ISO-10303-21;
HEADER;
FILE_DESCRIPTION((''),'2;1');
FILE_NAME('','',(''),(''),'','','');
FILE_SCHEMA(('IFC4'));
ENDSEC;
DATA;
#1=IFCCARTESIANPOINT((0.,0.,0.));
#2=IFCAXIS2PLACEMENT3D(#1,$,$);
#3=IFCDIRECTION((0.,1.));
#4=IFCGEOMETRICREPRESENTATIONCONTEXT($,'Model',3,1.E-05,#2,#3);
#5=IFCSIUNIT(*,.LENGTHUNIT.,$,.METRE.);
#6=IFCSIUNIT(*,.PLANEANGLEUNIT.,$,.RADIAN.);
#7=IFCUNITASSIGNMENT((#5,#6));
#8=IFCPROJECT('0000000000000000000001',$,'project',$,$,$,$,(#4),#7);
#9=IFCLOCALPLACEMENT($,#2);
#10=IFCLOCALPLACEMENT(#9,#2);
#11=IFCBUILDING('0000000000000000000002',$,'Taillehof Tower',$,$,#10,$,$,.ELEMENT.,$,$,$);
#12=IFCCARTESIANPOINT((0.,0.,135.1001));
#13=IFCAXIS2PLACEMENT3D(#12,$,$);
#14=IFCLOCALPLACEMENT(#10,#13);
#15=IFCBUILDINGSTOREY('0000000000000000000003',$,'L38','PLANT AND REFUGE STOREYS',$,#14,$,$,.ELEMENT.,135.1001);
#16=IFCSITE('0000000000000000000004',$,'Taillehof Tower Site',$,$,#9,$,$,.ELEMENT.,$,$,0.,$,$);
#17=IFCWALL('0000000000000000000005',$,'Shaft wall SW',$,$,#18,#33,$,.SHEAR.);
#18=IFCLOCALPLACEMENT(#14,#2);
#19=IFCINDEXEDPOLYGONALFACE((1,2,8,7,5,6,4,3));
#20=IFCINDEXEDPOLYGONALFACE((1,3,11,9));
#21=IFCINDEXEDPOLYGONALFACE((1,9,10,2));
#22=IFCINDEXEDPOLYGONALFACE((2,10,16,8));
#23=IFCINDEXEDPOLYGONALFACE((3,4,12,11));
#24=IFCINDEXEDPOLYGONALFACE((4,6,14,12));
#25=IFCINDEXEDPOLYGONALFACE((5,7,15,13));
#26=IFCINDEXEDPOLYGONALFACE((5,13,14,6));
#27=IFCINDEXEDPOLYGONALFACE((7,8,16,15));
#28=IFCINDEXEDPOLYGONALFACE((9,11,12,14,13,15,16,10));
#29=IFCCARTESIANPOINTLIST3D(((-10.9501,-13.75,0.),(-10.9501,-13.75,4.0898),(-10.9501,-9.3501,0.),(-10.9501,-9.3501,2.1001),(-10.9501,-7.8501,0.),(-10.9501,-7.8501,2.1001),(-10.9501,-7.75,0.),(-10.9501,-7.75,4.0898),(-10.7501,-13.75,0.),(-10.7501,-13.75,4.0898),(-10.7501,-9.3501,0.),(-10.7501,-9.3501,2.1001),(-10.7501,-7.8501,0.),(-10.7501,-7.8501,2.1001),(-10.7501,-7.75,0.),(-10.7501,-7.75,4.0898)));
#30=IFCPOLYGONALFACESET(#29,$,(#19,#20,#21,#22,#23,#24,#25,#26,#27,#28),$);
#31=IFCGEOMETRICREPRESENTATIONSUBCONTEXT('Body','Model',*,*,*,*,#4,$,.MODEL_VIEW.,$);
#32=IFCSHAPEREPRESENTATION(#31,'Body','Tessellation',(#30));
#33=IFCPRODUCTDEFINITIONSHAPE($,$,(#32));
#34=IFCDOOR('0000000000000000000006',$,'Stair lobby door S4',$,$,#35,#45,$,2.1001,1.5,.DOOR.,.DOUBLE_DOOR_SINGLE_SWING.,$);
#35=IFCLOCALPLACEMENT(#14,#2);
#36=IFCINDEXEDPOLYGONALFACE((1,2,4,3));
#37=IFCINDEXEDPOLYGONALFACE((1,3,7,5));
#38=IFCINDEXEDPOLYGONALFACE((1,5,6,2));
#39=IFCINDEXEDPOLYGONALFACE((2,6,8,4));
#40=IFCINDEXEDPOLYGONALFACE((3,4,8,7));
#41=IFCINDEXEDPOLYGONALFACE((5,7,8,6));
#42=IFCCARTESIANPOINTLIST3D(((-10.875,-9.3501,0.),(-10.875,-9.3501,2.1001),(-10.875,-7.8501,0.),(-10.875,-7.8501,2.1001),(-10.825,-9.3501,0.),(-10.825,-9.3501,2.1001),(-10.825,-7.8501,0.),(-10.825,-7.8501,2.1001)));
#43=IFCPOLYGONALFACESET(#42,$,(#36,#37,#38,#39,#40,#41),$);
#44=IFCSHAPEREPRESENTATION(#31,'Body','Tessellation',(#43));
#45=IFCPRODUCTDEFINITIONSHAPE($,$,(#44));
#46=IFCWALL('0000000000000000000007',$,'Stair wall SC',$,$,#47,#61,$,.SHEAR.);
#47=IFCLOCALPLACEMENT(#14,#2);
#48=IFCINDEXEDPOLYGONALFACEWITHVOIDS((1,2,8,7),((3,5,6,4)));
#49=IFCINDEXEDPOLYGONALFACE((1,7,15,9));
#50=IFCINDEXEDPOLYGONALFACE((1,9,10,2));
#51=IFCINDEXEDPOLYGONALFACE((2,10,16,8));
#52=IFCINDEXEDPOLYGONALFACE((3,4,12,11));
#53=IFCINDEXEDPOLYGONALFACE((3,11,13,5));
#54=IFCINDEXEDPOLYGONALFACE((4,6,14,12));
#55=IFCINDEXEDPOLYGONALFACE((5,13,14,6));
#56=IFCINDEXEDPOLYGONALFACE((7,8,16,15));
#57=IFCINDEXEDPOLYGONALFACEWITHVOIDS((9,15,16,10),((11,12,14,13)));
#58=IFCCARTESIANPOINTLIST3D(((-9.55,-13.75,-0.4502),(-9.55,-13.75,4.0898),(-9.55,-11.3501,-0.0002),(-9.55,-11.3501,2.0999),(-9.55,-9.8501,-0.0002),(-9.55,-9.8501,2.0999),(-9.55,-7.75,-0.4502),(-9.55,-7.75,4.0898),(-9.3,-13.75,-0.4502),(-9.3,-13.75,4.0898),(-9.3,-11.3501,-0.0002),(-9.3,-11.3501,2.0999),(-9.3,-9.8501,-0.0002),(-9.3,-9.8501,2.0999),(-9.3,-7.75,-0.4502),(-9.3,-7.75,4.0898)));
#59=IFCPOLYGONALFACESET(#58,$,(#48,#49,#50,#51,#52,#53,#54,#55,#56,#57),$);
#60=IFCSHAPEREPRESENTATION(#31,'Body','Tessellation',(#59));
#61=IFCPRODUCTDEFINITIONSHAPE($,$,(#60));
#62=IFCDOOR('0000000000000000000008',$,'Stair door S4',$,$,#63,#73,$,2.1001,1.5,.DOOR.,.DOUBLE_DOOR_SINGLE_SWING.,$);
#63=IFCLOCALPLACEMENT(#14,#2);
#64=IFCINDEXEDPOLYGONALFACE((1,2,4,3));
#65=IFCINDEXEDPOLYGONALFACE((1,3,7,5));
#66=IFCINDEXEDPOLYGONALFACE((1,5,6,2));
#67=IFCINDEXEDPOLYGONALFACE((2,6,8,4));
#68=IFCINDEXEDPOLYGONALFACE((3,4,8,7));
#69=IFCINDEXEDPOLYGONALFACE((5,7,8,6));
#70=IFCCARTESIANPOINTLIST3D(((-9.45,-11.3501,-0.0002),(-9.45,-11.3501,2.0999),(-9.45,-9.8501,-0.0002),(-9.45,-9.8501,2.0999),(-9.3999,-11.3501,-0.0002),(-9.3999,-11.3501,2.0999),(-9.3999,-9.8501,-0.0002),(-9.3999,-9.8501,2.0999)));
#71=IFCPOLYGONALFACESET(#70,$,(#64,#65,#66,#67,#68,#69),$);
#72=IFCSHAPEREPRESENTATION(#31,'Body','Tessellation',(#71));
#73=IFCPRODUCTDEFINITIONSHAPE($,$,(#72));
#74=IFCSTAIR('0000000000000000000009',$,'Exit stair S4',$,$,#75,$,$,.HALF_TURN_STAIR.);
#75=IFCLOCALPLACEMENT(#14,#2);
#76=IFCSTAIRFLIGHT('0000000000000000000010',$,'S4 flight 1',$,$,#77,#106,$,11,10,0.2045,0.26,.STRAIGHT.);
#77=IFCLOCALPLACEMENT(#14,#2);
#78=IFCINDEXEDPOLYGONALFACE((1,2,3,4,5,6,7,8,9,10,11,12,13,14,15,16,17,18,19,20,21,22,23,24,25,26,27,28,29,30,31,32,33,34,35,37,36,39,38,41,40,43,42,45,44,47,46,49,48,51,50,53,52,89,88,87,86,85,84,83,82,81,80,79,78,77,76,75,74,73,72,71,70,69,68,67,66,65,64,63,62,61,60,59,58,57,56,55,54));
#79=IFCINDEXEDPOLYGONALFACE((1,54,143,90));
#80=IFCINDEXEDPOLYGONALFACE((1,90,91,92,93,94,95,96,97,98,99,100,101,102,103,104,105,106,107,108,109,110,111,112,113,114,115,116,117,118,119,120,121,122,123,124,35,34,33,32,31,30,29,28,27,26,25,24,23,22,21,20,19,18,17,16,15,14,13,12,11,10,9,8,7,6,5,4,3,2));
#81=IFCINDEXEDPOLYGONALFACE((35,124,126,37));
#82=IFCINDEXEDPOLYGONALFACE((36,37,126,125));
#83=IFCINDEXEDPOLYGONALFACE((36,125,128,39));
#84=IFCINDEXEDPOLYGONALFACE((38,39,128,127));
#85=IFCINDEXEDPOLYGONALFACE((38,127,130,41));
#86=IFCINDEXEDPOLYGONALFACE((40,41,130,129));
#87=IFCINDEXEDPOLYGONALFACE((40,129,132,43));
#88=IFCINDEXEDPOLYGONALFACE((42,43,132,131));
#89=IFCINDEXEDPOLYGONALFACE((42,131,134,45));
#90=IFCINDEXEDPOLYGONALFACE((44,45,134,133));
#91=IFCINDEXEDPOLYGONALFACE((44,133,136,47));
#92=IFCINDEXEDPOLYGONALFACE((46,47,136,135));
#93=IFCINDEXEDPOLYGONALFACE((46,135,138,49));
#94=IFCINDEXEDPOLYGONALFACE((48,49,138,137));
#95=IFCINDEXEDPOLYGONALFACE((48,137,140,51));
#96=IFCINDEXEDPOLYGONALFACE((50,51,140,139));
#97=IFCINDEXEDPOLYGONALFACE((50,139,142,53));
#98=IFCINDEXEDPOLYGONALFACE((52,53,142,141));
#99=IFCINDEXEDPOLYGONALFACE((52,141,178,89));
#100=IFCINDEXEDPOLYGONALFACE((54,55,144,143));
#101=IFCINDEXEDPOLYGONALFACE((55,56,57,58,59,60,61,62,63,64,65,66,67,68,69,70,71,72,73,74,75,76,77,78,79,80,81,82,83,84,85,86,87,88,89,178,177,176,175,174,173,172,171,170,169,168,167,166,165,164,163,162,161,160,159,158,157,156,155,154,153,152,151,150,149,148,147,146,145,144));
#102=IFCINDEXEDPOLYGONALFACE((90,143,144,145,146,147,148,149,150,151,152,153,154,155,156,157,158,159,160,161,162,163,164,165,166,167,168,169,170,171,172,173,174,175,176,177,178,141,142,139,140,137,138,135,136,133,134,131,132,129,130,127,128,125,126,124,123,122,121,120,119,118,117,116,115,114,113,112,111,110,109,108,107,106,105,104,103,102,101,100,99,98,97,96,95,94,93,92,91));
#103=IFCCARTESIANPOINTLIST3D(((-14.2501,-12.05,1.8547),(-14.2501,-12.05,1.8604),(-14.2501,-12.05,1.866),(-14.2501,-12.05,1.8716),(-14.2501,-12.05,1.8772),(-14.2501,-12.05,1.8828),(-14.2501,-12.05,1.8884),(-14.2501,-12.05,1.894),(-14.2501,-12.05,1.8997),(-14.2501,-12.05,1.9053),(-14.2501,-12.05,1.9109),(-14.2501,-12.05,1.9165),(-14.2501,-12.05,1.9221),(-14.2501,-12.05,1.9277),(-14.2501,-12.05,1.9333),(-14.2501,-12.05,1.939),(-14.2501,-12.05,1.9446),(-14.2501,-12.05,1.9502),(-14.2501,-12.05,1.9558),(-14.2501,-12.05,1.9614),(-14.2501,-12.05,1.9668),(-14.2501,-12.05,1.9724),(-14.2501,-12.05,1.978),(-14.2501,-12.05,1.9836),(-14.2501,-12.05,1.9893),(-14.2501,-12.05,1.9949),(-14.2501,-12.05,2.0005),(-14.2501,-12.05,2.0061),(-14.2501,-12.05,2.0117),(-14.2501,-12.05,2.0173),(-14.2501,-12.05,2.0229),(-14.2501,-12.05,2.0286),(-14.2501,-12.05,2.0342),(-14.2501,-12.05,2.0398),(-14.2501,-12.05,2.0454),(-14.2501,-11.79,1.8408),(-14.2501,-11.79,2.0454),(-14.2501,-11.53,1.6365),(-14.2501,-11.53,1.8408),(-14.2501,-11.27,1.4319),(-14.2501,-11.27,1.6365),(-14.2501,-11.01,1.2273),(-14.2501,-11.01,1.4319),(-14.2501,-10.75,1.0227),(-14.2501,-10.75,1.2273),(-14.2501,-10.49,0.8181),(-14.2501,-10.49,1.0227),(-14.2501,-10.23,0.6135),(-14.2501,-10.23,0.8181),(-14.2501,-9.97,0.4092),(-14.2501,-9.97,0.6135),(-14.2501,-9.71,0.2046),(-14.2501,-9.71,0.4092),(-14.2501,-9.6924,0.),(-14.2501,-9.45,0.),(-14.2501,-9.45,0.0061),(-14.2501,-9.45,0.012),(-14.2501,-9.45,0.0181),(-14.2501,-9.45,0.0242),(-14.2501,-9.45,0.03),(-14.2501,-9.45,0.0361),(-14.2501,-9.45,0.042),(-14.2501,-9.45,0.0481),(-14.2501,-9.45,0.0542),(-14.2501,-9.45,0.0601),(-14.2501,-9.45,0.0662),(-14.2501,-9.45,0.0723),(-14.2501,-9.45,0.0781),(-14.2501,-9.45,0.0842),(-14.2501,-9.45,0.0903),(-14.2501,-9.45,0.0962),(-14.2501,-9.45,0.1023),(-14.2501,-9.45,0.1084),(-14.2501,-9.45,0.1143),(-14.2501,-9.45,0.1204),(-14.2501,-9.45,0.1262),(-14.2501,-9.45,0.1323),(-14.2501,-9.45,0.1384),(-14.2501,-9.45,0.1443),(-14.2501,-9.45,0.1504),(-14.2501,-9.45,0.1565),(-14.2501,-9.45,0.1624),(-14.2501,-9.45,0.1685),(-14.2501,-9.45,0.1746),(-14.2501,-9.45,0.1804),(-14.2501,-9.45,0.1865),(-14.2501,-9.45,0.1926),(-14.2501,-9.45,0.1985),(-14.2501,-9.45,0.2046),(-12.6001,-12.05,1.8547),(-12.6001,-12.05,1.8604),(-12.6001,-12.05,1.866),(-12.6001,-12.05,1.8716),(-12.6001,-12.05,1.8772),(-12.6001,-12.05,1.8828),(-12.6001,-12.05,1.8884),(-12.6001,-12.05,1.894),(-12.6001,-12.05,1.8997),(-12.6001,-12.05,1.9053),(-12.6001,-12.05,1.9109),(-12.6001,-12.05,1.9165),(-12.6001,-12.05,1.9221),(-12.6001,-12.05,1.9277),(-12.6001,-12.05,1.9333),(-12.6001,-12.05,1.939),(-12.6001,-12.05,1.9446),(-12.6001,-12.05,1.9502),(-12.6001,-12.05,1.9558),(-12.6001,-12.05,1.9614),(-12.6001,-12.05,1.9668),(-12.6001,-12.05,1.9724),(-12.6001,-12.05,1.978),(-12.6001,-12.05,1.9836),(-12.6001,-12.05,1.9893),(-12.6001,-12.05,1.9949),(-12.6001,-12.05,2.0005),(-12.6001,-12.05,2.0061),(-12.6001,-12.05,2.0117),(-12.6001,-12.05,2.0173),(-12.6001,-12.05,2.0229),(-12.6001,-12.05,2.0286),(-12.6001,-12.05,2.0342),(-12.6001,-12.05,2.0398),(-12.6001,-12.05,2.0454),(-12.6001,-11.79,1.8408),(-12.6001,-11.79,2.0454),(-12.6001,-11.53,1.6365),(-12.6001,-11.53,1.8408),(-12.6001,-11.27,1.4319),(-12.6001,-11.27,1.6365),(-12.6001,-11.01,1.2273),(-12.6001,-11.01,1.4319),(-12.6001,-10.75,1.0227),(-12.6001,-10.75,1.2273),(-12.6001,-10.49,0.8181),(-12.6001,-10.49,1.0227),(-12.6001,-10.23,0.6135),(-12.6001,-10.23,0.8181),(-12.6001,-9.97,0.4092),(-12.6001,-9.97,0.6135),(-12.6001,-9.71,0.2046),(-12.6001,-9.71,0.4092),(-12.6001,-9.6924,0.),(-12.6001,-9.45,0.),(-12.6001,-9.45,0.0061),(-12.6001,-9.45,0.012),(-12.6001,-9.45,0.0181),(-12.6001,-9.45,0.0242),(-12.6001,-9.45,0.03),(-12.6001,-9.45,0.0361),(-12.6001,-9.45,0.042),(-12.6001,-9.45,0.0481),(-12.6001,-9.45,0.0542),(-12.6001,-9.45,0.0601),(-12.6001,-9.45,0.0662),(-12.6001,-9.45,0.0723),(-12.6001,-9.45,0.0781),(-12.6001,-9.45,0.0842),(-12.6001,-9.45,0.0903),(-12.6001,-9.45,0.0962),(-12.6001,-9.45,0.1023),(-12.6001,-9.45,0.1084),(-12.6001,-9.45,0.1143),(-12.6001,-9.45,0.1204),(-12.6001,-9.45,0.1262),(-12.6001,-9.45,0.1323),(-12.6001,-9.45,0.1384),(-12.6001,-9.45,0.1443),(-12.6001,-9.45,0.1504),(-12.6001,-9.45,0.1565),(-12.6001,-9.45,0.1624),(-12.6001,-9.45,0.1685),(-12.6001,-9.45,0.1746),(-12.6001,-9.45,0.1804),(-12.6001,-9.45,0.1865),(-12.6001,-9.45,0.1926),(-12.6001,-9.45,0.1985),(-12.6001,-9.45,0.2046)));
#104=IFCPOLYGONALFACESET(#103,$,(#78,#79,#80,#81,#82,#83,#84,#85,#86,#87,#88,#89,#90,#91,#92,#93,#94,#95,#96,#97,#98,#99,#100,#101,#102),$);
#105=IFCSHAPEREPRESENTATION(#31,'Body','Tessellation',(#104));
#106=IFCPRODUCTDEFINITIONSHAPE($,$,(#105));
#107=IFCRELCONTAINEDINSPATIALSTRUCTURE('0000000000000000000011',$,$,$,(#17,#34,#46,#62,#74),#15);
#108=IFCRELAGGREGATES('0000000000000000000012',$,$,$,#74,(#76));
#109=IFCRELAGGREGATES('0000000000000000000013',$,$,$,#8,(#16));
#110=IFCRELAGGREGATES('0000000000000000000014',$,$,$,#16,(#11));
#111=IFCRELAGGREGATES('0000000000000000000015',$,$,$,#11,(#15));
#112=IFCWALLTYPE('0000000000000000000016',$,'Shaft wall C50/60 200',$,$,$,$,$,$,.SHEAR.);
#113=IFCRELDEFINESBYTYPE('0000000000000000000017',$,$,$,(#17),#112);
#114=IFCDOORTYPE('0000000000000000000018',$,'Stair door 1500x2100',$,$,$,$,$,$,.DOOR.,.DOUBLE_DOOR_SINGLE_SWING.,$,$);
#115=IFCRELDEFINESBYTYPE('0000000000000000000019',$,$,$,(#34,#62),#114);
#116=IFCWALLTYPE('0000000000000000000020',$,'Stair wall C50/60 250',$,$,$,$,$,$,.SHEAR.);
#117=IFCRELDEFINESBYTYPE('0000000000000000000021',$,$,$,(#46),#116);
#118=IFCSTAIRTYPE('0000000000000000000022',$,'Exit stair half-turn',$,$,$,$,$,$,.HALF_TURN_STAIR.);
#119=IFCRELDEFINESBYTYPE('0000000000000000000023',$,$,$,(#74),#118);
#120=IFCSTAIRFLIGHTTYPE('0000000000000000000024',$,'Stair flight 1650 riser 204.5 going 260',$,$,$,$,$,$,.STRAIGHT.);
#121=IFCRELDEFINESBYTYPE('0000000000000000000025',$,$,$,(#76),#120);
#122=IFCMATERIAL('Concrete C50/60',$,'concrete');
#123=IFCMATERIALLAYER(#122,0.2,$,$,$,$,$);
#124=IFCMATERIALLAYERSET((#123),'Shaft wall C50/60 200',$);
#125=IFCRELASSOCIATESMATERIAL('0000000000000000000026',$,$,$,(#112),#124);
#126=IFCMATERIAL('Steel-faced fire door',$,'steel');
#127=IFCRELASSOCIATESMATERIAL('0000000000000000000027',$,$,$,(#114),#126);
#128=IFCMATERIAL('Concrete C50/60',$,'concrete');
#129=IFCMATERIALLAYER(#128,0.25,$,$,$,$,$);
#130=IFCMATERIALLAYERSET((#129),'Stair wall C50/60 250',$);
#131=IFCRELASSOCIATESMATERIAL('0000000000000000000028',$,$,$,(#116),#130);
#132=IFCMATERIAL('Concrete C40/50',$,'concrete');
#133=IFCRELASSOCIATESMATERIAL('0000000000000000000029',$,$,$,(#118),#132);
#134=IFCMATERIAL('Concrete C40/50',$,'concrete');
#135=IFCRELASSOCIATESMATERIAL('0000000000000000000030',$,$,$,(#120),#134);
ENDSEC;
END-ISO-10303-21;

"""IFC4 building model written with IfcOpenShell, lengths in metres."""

from ifc_helpers import new_model, si_unit, direction, frame, frame_2d, origin, place, context, subcontext, project, spatial, polyline, rectangle, outline, extrude, material, layer, layer_set, type_object, element, fill, aggregate, save


model = new_model("IFC4")

# Units and contexts
model_context = context("Model", 3, precision=1e-05, world=origin(), true_north=direction((0.0, 1.0)))
body_context = subcontext(model_context, "Body", "Model", "MODEL_VIEW")
ifc_project = project(units=[si_unit("LENGTHUNIT", "METRE"), si_unit("PLANEANGLEUNIT", "RADIAN")], contexts=[model_context])

# Site, building, storey
site_placement = place(None, origin())
site = spatial("IfcSite", under=ifc_project, at=site_placement, Name="Taillehof Tower Site", CompositionType="ELEMENT", RefElevation=0.0)
building_placement = place(site_placement, origin())
building = spatial("IfcBuilding", under=site, at=building_placement, Name="Taillehof Tower", CompositionType="ELEMENT")
storey_placement = place(building_placement, frame((0.0, 0.0, 135.1001)))
storey = spatial("IfcBuildingStorey", under=building, at=storey_placement, Name="L38", Description="PLANT AND REFUGE STOREYS", CompositionType="ELEMENT", Elevation=135.1001)

# Walls, openings, doors
ifc_material_1 = material(Name="Concrete C50/60", Category="concrete")
ifc_layer_1 = layer(ifc_material_1, 0.2)
ifc_layer_set_1 = layer_set([ifc_layer_1], Name="Shaft wall C50/60 200")
wall_type_1 = type_object("IfcWallType", Name="Shaft wall C50/60 200", PredefinedType="SHEAR", material=ifc_layer_set_1)
wall_1_placement = place(storey_placement, frame((-10.8501, -13.75, 0.0), z_axis=(0.0, 0.0, 1.0), x_axis=(0.0, 1.0, 0.0)))
wall_1 = element("IfcWall", 1, at=wall_1_placement, inside=storey, type_object=wall_type_1, Name="Shaft wall SW", PredefinedType="SHEAR", context=body_context, shape_type="SweptSolid", body=[
    extrude(rectangle(XDim=6.0, YDim=0.2, at=frame_2d((3.0, 0.0))), origin(), (0.0, 0.0, 1.0), 4.0898),
])
opening_1_placement = place(wall_1_placement, frame((4.3999, 0.0, 0.0)))
opening_1 = element("IfcOpeningElement", 2, at=opening_1_placement, cuts=wall_1, PredefinedType="OPENING", context=body_context, shape_type="SweptSolid", body=[
    extrude(rectangle(XDim=1.5, YDim=2.1001, at=frame_2d((0.75, 1.05))), frame((0.0, 0.1099, 0.0), z_axis=(0.0, -1.0, 0.0), x_axis=(1.0, 0.0, 0.0)), (0.0, 0.0, 1.0), 0.22),
])
ifc_material_2 = material(Name="Steel-faced fire door", Category="steel")
door_type_1 = type_object("IfcDoorType", Name="Stair door 1500x2100", OperationType="DOUBLE_DOOR_SINGLE_SWING", PredefinedType="DOOR", material=ifc_material_2)
door_1_placement = place(opening_1_placement, origin())
door_1 = element("IfcDoor", 3, at=door_1_placement, inside=storey, type_object=door_type_1, Name="Stair lobby door S4", OperationType="DOUBLE_DOOR_SINGLE_SWING", OverallHeight=2.1001, OverallWidth=1.5, PredefinedType="DOOR", context=body_context, shape_type="SweptSolid", body=[
    extrude(rectangle(XDim=1.5, YDim=2.1001, at=frame_2d((0.75, 1.05))), frame((0.0, 0.0249, 0.0), z_axis=(0.0, -1.0, 0.0), x_axis=(1.0, 0.0, 0.0)), (0.0, 0.0, 1.0), 0.05),
])
fill(opening_1, door_1)
ifc_material_3 = material(Name="Concrete C50/60", Category="concrete")
ifc_layer_2 = layer(ifc_material_3, 0.25)
ifc_layer_set_2 = layer_set([ifc_layer_2], Name="Stair wall C50/60 250")
wall_type_2 = type_object("IfcWallType", Name="Stair wall C50/60 250", PredefinedType="SHEAR", material=ifc_layer_set_2)
wall_2_placement = place(storey_placement, frame((-9.425, -13.75, -0.4502), z_axis=(0.0, 0.0, 1.0), x_axis=(0.0, 1.0, 0.0)))
wall_2 = element("IfcWall", 4, at=wall_2_placement, inside=storey, type_object=wall_type_2, Name="Stair wall SC", PredefinedType="SHEAR", context=body_context, shape_type="SweptSolid", body=[
    extrude(rectangle(XDim=6.0, YDim=0.25, at=frame_2d((3.0, 0.0))), origin(), (0.0, 0.0, 1.0), 4.54),
])
opening_2_placement = place(wall_2_placement, frame((2.3999, 0.0, 0.45)))
opening_2 = element("IfcOpeningElement", 5, at=opening_2_placement, cuts=wall_2, PredefinedType="OPENING", context=body_context, shape_type="SweptSolid", body=[
    extrude(rectangle(XDim=1.5, YDim=2.1001, at=frame_2d((0.75, 1.05))), frame((0.0, 0.135, 0.0), z_axis=(0.0, -1.0, 0.0), x_axis=(1.0, 0.0, 0.0)), (0.0, 0.0, 1.0), 0.27),
])
door_2_placement = place(opening_2_placement, origin())
door_2 = element("IfcDoor", 6, at=door_2_placement, inside=storey, type_object=door_type_1, Name="Stair door S4", OperationType="DOUBLE_DOOR_SINGLE_SWING", OverallHeight=2.1001, OverallWidth=1.5, PredefinedType="DOOR", context=body_context, shape_type="SweptSolid", body=[
    extrude(rectangle(XDim=1.5, YDim=2.1001, at=frame_2d((0.75, 1.05))), frame((0.0, 0.0249, 0.0), z_axis=(0.0, -1.0, 0.0), x_axis=(1.0, 0.0, 0.0)), (0.0, 0.0, 1.0), 0.05),
])
fill(opening_2, door_2)

# Stair, stair flight
ifc_material_4 = material(Name="Concrete C40/50", Category="concrete")
stair_type = type_object("IfcStairType", Name="Exit stair half-turn", PredefinedType="HALF_TURN_STAIR", material=ifc_material_4)
stair_placement = place(storey_placement, origin())
stair = element("IfcStair", 7, at=stair_placement, inside=storey, type_object=stair_type, Name="Exit stair S4", PredefinedType="HALF_TURN_STAIR")
ifc_material_5 = material(Name="Concrete C40/50", Category="concrete")
stair_flight_type = type_object("IfcStairFlightType", Name="Stair flight 1650 riser 204.5 going 260", PredefinedType="STRAIGHT", material=ifc_material_5)
stair_flight_1_placement = place(storey_placement, frame((-13.425, -9.45, 0.0), z_axis=(0.0, 0.0, 1.0), x_axis=(0.0, -1.0, 0.0)))
stair_flight_1 = element("IfcStairFlight", 8, at=stair_flight_1_placement, type_object=stair_flight_type, Name="S4 flight 1", NumberOfRisers=11, NumberOfTreads=10, PredefinedType="STRAIGHT", RiserHeight=0.2045, TreadLength=0.26, context=body_context, shape_type="SweptSolid", body=[
    extrude(outline(polyline([(0.0, 0.0), (0.0, 0.0061), (0.0, 0.012), (0.0, 0.0181), (0.0, 0.0242), (0.0, 0.03), (0.0, 0.0361), (0.0, 0.042), (0.0, 0.0481), (0.0, 0.0542), (0.0, 0.0601), (0.0, 0.0662), (0.0, 0.0723), (0.0, 0.0781), (0.0, 0.0842), (0.0, 0.0903), (0.0, 0.0962), (0.0, 0.1023), (0.0, 0.1084), (0.0, 0.1143), (0.0, 0.1204), (0.0, 0.1262), (0.0, 0.1323), (0.0, 0.1384), (0.0, 0.1443), (0.0, 0.1504), (0.0, 0.1565), (0.0, 0.1624), (0.0, 0.1685), (0.0, 0.1746), (0.0, 0.1804), (0.0, 0.1865), (0.0, 0.1926), (0.0, 0.1985), (0.0, 0.2046), (0.26, 0.2046), (0.26, 0.4092), (0.52, 0.4092), (0.52, 0.6135), (0.78, 0.6135), (0.78, 0.8181), (1.04, 0.8181), (1.04, 1.0227), (1.3, 1.0227), (1.3, 1.2273), (1.5601, 1.2273), (1.5601, 1.4319), (1.8201, 1.4319), (1.8201, 1.6365), (2.0801, 1.6365), (2.0801, 1.8408), (2.3401, 1.8408), (2.3401, 2.0454), (2.6001, 2.0454), (2.6001, 2.0398), (2.6001, 2.0342), (2.6001, 2.0286), (2.6001, 2.0229), (2.6001, 2.0173), (2.6001, 2.0117), (2.6001, 2.0061), (2.6001, 2.0005), (2.6001, 1.9949), (2.6001, 1.9893), (2.6001, 1.9836), (2.6001, 1.978), (2.6001, 1.9724), (2.6001, 1.9668), (2.6001, 1.9614), (2.6001, 1.9558), (2.6001, 1.9502), (2.6001, 1.9446), (2.6001, 1.939), (2.6001, 1.9333), (2.6001, 1.9277), (2.6001, 1.9221), (2.6001, 1.9165), (2.6001, 1.9109), (2.6001, 1.9053), (2.6001, 1.8997), (2.6001, 1.894), (2.6001, 1.8884), (2.6001, 1.8828), (2.6001, 1.8772), (2.6001, 1.8716), (2.6001, 1.866), (2.6001, 1.8604), (2.6001, 1.8547), (0.2424, 0.0), (0.0, 0.0)])), frame((0.0, 0.825, 0.0), z_axis=(0.0, -1.0, 0.0), x_axis=(1.0, 0.0, 0.0)), (0.0, 0.0, 1.0), 1.65),
])
aggregate(stair, [stair_flight_1])

save(model, "model.ifc")
